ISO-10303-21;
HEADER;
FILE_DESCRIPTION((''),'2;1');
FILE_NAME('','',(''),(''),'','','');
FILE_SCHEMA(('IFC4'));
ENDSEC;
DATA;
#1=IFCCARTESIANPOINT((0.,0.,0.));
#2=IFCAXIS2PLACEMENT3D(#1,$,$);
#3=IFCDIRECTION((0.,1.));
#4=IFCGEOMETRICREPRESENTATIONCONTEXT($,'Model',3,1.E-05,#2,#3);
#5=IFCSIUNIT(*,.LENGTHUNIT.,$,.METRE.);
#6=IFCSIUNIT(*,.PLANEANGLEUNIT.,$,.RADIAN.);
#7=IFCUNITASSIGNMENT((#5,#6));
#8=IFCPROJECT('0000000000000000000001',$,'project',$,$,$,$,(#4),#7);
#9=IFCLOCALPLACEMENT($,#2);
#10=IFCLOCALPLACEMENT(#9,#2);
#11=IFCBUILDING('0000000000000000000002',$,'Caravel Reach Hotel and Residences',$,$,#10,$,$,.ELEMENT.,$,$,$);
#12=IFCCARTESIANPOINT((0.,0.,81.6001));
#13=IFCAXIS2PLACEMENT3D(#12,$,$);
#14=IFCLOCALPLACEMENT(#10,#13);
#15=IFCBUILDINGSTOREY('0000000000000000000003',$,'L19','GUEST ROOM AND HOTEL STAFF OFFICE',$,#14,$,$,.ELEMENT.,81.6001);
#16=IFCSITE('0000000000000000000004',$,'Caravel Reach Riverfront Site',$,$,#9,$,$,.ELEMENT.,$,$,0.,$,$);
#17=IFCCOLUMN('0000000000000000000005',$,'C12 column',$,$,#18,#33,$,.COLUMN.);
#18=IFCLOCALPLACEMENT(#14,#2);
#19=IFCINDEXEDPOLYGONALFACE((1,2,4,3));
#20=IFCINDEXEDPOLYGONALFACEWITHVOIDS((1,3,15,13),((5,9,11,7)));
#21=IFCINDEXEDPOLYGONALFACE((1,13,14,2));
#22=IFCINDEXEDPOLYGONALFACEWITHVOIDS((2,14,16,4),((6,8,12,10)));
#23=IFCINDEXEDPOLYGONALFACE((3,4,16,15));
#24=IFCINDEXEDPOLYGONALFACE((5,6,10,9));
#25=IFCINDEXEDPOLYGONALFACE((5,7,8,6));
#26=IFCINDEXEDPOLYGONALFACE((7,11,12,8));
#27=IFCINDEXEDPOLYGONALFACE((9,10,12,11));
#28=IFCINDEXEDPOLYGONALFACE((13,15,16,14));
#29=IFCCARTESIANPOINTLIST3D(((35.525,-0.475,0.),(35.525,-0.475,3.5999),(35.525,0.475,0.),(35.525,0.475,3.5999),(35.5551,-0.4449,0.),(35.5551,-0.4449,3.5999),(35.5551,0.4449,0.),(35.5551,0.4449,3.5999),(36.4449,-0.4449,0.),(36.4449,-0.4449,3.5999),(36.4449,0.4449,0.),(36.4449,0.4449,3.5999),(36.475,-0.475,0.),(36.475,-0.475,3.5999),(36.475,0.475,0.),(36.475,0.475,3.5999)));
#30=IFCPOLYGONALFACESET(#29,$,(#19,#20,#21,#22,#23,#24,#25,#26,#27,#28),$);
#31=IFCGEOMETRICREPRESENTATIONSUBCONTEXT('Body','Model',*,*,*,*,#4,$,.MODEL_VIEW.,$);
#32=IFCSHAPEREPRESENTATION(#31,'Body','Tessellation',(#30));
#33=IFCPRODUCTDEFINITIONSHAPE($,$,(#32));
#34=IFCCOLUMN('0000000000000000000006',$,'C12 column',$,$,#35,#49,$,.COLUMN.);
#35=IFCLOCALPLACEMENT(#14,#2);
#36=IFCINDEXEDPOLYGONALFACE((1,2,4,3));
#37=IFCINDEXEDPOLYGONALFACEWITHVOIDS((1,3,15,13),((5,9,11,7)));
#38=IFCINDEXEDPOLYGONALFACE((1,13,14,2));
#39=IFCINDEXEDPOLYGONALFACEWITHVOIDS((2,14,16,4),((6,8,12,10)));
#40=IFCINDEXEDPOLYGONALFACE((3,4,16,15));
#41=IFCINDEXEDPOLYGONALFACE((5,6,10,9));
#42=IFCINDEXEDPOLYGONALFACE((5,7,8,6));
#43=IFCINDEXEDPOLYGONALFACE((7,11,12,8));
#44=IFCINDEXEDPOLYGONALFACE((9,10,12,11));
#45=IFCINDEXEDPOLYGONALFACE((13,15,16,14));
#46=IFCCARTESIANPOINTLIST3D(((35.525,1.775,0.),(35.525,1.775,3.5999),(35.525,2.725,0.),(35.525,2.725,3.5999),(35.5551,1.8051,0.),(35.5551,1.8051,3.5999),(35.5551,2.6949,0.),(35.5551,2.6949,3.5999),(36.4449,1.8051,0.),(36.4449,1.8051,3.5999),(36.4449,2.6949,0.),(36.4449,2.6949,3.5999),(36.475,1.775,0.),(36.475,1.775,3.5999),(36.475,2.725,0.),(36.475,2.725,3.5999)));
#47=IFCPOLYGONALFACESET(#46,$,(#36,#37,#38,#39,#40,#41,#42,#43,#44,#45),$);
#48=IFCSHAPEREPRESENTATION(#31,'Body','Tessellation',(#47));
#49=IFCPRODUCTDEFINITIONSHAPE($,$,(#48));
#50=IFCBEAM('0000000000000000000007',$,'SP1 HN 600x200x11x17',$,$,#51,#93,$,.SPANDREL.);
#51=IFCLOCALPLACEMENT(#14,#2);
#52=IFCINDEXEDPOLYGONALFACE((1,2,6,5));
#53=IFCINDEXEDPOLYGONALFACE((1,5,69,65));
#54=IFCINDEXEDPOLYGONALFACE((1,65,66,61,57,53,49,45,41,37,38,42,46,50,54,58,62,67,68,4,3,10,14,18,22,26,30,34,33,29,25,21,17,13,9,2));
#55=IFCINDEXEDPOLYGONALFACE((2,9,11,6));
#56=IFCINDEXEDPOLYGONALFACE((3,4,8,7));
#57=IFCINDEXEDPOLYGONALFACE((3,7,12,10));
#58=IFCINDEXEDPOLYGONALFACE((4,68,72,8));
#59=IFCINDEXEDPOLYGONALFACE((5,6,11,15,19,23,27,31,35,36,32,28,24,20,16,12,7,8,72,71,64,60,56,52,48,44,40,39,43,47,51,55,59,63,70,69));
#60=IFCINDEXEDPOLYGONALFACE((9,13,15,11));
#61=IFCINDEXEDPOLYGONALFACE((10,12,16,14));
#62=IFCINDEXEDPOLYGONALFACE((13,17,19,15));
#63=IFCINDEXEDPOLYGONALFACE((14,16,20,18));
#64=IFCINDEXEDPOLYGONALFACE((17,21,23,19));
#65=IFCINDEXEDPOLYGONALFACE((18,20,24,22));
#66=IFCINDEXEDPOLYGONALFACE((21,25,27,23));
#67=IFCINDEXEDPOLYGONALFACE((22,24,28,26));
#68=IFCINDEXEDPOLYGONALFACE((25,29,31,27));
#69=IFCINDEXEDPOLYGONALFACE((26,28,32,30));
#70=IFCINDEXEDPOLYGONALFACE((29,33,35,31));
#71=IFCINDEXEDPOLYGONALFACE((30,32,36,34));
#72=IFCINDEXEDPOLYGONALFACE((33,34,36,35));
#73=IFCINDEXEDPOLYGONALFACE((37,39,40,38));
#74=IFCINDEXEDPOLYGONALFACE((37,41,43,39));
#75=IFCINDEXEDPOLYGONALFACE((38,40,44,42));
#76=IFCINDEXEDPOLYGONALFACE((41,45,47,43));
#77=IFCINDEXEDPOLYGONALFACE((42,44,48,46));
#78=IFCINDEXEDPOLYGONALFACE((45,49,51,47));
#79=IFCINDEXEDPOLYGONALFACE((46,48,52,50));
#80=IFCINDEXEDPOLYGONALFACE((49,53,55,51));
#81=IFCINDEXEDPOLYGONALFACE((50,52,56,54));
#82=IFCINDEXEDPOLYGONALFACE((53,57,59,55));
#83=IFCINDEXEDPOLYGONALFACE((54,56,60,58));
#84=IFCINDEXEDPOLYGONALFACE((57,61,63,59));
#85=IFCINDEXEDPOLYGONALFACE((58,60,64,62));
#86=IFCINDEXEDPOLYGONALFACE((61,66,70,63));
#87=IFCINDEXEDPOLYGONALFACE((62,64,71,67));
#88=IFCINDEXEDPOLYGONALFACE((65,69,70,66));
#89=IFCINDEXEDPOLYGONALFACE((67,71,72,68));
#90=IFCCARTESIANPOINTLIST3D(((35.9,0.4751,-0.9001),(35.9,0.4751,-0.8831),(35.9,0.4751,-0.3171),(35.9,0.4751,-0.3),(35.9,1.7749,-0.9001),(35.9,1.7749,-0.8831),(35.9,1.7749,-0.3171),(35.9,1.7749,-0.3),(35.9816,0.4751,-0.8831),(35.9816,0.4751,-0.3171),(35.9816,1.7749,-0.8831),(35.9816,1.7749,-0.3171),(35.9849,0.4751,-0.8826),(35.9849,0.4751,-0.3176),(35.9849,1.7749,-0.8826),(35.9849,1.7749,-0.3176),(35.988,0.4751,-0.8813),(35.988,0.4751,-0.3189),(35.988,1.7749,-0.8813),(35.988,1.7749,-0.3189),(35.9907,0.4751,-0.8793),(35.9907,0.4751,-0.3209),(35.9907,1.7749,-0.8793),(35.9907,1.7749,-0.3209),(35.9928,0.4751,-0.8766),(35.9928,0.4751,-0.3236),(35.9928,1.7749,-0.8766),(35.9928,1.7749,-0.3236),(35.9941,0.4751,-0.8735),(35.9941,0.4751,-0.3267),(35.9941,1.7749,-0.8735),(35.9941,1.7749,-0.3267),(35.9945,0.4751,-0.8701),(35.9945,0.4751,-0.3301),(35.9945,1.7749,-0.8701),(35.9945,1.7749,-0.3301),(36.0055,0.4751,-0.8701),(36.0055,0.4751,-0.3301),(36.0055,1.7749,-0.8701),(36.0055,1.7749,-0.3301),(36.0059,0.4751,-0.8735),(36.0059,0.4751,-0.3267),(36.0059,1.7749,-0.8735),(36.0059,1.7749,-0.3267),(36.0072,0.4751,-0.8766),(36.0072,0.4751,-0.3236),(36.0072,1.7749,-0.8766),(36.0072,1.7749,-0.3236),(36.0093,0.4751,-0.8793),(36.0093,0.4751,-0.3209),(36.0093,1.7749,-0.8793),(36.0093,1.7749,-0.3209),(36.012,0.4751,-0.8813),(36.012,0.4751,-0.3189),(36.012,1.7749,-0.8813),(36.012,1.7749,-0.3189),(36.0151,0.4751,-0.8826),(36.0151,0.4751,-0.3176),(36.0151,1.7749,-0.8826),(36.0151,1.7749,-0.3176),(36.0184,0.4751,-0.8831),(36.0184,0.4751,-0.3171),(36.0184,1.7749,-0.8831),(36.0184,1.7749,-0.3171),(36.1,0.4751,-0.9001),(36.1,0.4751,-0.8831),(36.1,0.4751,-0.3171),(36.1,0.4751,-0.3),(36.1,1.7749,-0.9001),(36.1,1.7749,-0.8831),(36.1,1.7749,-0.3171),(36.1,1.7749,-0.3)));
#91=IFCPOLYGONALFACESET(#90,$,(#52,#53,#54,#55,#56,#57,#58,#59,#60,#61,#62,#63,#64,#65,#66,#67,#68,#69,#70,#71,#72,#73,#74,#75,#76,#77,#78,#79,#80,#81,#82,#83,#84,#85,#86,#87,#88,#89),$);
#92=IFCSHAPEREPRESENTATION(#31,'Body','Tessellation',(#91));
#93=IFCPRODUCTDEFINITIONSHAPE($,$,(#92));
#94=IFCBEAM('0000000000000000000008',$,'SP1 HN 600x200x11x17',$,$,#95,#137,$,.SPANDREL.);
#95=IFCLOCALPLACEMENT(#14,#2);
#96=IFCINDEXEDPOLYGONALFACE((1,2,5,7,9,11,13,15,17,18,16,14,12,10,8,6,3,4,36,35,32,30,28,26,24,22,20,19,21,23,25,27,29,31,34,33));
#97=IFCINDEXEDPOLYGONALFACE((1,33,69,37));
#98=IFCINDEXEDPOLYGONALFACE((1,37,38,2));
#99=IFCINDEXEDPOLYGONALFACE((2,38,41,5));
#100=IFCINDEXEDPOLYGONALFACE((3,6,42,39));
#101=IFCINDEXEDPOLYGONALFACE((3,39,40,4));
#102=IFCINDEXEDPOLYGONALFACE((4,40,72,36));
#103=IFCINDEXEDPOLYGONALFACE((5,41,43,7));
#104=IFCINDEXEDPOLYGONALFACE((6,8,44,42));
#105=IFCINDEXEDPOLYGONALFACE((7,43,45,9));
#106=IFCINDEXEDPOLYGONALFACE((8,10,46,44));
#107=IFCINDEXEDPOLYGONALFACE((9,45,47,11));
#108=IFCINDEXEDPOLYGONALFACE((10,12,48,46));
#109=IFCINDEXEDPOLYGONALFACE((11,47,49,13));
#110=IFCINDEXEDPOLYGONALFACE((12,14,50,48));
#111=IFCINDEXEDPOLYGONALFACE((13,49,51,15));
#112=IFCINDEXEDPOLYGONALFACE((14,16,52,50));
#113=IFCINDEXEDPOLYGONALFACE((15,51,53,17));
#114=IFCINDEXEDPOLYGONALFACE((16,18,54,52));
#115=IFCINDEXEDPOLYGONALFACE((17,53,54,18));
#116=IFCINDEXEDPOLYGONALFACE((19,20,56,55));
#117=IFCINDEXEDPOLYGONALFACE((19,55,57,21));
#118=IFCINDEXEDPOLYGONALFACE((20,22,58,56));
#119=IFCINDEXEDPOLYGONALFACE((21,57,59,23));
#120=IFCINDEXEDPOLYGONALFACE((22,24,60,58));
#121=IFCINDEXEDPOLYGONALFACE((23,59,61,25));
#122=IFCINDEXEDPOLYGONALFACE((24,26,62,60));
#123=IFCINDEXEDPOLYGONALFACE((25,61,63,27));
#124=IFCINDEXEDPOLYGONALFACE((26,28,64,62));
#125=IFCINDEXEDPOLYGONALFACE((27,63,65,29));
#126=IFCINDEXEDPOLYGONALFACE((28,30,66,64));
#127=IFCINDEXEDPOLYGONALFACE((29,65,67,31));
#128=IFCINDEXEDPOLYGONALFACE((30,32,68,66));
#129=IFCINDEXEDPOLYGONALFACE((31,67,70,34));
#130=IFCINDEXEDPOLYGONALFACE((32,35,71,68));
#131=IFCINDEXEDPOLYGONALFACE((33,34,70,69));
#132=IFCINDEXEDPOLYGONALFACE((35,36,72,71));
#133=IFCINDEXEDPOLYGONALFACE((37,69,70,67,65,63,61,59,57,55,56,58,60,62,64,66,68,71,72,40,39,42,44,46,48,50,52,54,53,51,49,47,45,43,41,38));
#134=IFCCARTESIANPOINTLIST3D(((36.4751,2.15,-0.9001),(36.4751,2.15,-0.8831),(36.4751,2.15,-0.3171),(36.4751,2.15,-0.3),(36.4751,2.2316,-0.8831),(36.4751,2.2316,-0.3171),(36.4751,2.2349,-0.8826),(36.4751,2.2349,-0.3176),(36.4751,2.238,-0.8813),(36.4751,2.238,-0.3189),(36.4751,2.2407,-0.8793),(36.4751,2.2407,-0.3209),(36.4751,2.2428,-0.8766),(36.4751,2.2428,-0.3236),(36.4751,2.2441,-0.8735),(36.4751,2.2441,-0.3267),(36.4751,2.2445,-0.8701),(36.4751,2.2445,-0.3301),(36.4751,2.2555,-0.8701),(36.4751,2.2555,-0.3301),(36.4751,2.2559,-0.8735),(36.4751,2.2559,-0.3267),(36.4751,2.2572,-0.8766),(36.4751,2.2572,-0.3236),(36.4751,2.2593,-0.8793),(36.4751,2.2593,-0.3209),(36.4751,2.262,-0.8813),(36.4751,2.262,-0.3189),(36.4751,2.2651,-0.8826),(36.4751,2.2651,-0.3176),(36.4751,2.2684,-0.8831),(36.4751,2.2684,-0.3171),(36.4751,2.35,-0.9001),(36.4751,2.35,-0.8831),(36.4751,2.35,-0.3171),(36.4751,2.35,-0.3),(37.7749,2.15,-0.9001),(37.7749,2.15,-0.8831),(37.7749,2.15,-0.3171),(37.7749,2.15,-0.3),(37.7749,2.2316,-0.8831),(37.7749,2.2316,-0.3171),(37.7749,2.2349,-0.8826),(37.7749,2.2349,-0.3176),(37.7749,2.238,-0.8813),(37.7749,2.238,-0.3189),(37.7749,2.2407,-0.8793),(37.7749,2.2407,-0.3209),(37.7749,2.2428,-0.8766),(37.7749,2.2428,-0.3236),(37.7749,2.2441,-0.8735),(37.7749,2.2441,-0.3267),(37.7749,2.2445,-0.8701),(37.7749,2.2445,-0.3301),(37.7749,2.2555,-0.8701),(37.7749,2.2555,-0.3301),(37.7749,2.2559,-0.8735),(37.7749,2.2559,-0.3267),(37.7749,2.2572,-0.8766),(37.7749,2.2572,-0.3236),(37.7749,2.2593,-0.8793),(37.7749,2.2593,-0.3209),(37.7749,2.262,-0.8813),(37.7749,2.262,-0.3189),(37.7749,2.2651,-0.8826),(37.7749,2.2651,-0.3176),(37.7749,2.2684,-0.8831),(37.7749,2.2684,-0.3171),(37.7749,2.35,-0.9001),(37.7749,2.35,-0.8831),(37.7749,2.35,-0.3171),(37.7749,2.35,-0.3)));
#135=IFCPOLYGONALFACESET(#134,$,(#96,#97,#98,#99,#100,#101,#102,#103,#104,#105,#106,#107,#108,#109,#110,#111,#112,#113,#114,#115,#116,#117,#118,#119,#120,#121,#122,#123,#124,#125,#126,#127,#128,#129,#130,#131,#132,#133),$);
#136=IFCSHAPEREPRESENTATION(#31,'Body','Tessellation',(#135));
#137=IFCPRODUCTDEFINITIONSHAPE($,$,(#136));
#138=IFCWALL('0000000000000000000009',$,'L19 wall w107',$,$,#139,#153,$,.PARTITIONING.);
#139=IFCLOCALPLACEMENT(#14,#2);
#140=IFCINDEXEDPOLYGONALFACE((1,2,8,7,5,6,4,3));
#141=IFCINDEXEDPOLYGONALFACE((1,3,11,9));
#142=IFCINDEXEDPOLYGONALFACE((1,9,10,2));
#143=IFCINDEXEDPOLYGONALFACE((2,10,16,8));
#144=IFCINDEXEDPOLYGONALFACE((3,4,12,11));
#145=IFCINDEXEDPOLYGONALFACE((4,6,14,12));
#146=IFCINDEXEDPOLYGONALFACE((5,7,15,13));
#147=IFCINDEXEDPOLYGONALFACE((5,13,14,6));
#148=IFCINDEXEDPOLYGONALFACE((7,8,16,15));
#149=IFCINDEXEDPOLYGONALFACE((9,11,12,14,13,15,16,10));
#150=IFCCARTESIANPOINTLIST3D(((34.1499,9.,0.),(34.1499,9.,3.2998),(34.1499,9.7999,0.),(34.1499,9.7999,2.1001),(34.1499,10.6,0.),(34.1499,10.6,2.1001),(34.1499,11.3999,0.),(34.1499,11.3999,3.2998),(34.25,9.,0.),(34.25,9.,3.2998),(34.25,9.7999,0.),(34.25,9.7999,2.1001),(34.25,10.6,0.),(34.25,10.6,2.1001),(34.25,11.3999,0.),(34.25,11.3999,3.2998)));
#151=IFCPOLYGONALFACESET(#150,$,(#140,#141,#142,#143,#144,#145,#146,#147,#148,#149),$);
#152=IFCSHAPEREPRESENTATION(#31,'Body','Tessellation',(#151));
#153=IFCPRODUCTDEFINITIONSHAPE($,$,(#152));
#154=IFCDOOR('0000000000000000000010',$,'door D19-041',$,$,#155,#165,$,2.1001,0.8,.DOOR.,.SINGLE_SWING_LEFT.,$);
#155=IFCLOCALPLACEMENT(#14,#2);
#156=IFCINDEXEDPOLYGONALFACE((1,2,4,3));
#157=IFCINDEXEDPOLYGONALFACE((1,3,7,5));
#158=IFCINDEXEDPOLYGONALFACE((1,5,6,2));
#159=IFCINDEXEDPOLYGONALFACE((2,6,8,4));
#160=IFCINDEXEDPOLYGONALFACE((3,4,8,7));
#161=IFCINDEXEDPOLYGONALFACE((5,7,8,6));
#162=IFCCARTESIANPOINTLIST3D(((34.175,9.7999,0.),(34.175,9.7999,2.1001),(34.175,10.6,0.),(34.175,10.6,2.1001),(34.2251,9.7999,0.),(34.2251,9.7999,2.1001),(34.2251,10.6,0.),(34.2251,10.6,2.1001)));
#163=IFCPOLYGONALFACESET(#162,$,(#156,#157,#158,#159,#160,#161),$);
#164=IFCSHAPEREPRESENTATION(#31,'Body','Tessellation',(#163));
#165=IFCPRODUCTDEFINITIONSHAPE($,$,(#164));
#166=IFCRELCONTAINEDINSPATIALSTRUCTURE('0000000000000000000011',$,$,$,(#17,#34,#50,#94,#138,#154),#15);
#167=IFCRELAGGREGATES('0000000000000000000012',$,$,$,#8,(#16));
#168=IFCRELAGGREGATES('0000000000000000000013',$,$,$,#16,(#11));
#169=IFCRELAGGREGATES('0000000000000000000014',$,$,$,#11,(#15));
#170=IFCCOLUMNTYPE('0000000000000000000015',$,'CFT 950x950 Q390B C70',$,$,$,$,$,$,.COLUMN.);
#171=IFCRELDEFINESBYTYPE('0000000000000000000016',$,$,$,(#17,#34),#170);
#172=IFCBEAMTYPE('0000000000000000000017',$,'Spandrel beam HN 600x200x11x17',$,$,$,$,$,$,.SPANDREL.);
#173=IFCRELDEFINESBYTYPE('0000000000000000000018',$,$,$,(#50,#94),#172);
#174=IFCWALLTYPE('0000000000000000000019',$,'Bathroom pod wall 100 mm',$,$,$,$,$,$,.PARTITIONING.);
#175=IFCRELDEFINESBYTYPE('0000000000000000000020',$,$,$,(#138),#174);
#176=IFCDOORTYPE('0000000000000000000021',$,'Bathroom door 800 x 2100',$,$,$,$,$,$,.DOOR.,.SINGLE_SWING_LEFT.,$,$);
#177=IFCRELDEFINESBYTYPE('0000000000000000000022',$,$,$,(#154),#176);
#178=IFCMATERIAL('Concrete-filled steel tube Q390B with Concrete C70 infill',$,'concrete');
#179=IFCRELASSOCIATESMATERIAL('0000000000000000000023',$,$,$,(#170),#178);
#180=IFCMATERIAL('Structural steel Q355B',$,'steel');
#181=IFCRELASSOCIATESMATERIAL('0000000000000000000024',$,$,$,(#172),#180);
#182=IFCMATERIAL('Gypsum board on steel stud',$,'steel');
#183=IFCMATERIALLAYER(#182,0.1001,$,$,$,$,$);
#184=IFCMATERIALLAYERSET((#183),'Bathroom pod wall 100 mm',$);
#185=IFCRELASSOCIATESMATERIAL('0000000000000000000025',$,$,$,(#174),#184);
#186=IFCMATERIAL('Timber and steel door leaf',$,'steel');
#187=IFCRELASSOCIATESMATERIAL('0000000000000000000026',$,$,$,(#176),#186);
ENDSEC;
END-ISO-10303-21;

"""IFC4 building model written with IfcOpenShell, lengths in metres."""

from ifc_helpers import new_model, si_unit, direction, frame, frame_2d, origin, origin_2d, place, context, subcontext, project, spatial, rectangle, hollow_rectangle, i_section, extrude, material, layer, layer_set, material_profile, profile_set, type_object, element, fill, save


model = new_model("IFC4")

# Units and contexts
model_context = context("Model", 3, precision=1e-05, world=origin(), true_north=direction((0.0, 1.0)))
body_context = subcontext(model_context, "Body", "Model", "MODEL_VIEW")
ifc_project = project(units=[si_unit("LENGTHUNIT", "METRE"), si_unit("PLANEANGLEUNIT", "RADIAN")], contexts=[model_context])

# Site, building, storey
site_placement = place(None, origin())
site = spatial("IfcSite", under=ifc_project, at=site_placement, Name="Caravel Reach Riverfront Site", CompositionType="ELEMENT", RefElevation=0.0)
building_placement = place(site_placement, origin())
building = spatial("IfcBuilding", under=site, at=building_placement, Name="Caravel Reach Hotel and Residences", CompositionType="ELEMENT")
storey_placement = place(building_placement, frame((0.0, 0.0, 81.6001)))
storey = spatial("IfcBuildingStorey", under=building, at=storey_placement, Name="L19", Description="GUEST ROOM AND HOTEL STAFF OFFICE", CompositionType="ELEMENT", Elevation=81.6001)

# Columns
ifc_material_1 = material(Name="Concrete-filled steel tube Q390B with Concrete C70 infill", Category="concrete")
ifc_material_profile_1 = material_profile(ifc_material_1, hollow_rectangle(XDim=0.95, YDim=0.95, WallThickness=0.03, at=origin_2d()), Name="RHS 950x950x30")
ifc_profile_set_1 = profile_set([ifc_material_profile_1], Name="Concrete-filled steel tube Q390B with Concrete C70 infill")
column_type = type_object("IfcColumnType", Name="CFT 950x950 Q390B C70", PredefinedType="COLUMN", material=ifc_profile_set_1)
for number, where, z_axis, x_axis, name in (
    (1, (36.0, 0.0, 0.0), (0.0, 0.0, 1.0), (1.0, 0.0, 0.0), "C12 column"),
    (2, (36.0, 2.25, 0.0), (0.0, 0.0, 1.0), (1.0, 0.0, 0.0), "C12 column"),
):
    element("IfcColumn", number, at=place(storey_placement, frame(where, z_axis=z_axis, x_axis=x_axis)), inside=storey, type_object=column_type, Name=name, PredefinedType="COLUMN", context=body_context, shape_type="SweptSolid", body=[
        extrude(hollow_rectangle(XDim=0.95, YDim=0.95, WallThickness=0.03, at=origin_2d()), origin(), (0.0, 0.0, 1.0), 3.5999),
    ])

# Beams
ifc_material_2 = material(Name="Structural steel Q355B", Category="steel")
ifc_material_profile_2 = material_profile(ifc_material_2, i_section(OverallWidth=0.2, OverallDepth=0.6001, WebThickness=0.011, FlangeThickness=0.0171, FilletRadius=0.0129, at=origin_2d()), Name="HN 600x200x11x17")
ifc_profile_set_2 = profile_set([ifc_material_profile_2], Name="Structural steel Q355B")
beam_type = type_object("IfcBeamType", Name="Spandrel beam HN 600x200x11x17", PredefinedType="SPANDREL", material=ifc_profile_set_2)
for number, where, z_axis, x_axis, name in (
    (3, (36.0, 0.4751, -0.6001), (0.0, 1.0, 0.0), (-1.0, 0.0, 0.0), "SP1 HN 600x200x11x17"),
    (4, (36.4751, 2.25, -0.6001), (1.0, 0.0, 0.0), (0.0, 1.0, 0.0), "SP1 HN 600x200x11x17"),
):
    element("IfcBeam", number, at=place(storey_placement, frame(where, z_axis=z_axis, x_axis=x_axis)), inside=storey, type_object=beam_type, Name=name, PredefinedType="SPANDREL", context=body_context, shape_type="SweptSolid", body=[
        extrude(i_section(OverallWidth=0.2, OverallDepth=0.6001, WebThickness=0.011, FlangeThickness=0.0171, FilletRadius=0.0129, at=origin_2d()), origin(), (0.0, 0.0, 1.0), 1.2998),
    ])

# Wall, opening, door
ifc_material_3 = material(Name="Gypsum board on steel stud", Category="steel")
ifc_layer_1 = layer(ifc_material_3, 0.1001)
ifc_layer_set_1 = layer_set([ifc_layer_1], Name="Bathroom pod wall 100 mm")
wall_type_1 = type_object("IfcWallType", Name="Bathroom pod wall 100 mm", PredefinedType="PARTITIONING", material=ifc_layer_set_1)
wall_1_placement = place(storey_placement, frame((34.2, 9.0, 0.0), z_axis=(0.0, 0.0, 1.0), x_axis=(0.0, 1.0, 0.0)))
wall_1 = element("IfcWall", 5, at=wall_1_placement, inside=storey, type_object=wall_type_1, Name="L19 wall w107", PredefinedType="PARTITIONING", context=body_context, shape_type="SweptSolid", body=[
    extrude(rectangle(XDim=2.3999, YDim=0.1001, at=frame_2d((1.2, 0.0))), origin(), (0.0, 0.0, 1.0), 3.2998),
])
opening_1_placement = place(wall_1_placement, frame((0.8, 0.0, 0.0)))
opening_1 = element("IfcOpeningElement", 6, at=opening_1_placement, cuts=wall_1, PredefinedType="OPENING", context=body_context, shape_type="SweptSolid", body=[
    extrude(rectangle(XDim=0.8, YDim=2.1001, at=frame_2d((0.3999, 1.05))), frame((0.0, 0.0601, 0.0), z_axis=(0.0, -1.0, 0.0), x_axis=(1.0, 0.0, 0.0)), (0.0, 0.0, 1.0), 0.1201),
])
ifc_material_4 = material(Name="Timber and steel door leaf", Category="steel")
door_type_1 = type_object("IfcDoorType", Name="Bathroom door 800 x 2100", OperationType="SINGLE_SWING_LEFT", PredefinedType="DOOR", material=ifc_material_4)
door_1_placement = place(opening_1_placement, origin())
door_1 = element("IfcDoor", 7, at=door_1_placement, inside=storey, type_object=door_type_1, Name="door D19-041", OperationType="SINGLE_SWING_LEFT", OverallHeight=2.1001, OverallWidth=0.8, PredefinedType="DOOR", context=body_context, shape_type="SweptSolid", body=[
    extrude(rectangle(XDim=0.8, YDim=2.1001, at=frame_2d((0.3999, 1.05))), frame((0.0, 0.0249, 0.0), z_axis=(0.0, -1.0, 0.0), x_axis=(1.0, 0.0, 0.0)), (0.0, 0.0, 1.0), 0.05),
])
fill(opening_1, door_1)

save(model, "model.ifc")
